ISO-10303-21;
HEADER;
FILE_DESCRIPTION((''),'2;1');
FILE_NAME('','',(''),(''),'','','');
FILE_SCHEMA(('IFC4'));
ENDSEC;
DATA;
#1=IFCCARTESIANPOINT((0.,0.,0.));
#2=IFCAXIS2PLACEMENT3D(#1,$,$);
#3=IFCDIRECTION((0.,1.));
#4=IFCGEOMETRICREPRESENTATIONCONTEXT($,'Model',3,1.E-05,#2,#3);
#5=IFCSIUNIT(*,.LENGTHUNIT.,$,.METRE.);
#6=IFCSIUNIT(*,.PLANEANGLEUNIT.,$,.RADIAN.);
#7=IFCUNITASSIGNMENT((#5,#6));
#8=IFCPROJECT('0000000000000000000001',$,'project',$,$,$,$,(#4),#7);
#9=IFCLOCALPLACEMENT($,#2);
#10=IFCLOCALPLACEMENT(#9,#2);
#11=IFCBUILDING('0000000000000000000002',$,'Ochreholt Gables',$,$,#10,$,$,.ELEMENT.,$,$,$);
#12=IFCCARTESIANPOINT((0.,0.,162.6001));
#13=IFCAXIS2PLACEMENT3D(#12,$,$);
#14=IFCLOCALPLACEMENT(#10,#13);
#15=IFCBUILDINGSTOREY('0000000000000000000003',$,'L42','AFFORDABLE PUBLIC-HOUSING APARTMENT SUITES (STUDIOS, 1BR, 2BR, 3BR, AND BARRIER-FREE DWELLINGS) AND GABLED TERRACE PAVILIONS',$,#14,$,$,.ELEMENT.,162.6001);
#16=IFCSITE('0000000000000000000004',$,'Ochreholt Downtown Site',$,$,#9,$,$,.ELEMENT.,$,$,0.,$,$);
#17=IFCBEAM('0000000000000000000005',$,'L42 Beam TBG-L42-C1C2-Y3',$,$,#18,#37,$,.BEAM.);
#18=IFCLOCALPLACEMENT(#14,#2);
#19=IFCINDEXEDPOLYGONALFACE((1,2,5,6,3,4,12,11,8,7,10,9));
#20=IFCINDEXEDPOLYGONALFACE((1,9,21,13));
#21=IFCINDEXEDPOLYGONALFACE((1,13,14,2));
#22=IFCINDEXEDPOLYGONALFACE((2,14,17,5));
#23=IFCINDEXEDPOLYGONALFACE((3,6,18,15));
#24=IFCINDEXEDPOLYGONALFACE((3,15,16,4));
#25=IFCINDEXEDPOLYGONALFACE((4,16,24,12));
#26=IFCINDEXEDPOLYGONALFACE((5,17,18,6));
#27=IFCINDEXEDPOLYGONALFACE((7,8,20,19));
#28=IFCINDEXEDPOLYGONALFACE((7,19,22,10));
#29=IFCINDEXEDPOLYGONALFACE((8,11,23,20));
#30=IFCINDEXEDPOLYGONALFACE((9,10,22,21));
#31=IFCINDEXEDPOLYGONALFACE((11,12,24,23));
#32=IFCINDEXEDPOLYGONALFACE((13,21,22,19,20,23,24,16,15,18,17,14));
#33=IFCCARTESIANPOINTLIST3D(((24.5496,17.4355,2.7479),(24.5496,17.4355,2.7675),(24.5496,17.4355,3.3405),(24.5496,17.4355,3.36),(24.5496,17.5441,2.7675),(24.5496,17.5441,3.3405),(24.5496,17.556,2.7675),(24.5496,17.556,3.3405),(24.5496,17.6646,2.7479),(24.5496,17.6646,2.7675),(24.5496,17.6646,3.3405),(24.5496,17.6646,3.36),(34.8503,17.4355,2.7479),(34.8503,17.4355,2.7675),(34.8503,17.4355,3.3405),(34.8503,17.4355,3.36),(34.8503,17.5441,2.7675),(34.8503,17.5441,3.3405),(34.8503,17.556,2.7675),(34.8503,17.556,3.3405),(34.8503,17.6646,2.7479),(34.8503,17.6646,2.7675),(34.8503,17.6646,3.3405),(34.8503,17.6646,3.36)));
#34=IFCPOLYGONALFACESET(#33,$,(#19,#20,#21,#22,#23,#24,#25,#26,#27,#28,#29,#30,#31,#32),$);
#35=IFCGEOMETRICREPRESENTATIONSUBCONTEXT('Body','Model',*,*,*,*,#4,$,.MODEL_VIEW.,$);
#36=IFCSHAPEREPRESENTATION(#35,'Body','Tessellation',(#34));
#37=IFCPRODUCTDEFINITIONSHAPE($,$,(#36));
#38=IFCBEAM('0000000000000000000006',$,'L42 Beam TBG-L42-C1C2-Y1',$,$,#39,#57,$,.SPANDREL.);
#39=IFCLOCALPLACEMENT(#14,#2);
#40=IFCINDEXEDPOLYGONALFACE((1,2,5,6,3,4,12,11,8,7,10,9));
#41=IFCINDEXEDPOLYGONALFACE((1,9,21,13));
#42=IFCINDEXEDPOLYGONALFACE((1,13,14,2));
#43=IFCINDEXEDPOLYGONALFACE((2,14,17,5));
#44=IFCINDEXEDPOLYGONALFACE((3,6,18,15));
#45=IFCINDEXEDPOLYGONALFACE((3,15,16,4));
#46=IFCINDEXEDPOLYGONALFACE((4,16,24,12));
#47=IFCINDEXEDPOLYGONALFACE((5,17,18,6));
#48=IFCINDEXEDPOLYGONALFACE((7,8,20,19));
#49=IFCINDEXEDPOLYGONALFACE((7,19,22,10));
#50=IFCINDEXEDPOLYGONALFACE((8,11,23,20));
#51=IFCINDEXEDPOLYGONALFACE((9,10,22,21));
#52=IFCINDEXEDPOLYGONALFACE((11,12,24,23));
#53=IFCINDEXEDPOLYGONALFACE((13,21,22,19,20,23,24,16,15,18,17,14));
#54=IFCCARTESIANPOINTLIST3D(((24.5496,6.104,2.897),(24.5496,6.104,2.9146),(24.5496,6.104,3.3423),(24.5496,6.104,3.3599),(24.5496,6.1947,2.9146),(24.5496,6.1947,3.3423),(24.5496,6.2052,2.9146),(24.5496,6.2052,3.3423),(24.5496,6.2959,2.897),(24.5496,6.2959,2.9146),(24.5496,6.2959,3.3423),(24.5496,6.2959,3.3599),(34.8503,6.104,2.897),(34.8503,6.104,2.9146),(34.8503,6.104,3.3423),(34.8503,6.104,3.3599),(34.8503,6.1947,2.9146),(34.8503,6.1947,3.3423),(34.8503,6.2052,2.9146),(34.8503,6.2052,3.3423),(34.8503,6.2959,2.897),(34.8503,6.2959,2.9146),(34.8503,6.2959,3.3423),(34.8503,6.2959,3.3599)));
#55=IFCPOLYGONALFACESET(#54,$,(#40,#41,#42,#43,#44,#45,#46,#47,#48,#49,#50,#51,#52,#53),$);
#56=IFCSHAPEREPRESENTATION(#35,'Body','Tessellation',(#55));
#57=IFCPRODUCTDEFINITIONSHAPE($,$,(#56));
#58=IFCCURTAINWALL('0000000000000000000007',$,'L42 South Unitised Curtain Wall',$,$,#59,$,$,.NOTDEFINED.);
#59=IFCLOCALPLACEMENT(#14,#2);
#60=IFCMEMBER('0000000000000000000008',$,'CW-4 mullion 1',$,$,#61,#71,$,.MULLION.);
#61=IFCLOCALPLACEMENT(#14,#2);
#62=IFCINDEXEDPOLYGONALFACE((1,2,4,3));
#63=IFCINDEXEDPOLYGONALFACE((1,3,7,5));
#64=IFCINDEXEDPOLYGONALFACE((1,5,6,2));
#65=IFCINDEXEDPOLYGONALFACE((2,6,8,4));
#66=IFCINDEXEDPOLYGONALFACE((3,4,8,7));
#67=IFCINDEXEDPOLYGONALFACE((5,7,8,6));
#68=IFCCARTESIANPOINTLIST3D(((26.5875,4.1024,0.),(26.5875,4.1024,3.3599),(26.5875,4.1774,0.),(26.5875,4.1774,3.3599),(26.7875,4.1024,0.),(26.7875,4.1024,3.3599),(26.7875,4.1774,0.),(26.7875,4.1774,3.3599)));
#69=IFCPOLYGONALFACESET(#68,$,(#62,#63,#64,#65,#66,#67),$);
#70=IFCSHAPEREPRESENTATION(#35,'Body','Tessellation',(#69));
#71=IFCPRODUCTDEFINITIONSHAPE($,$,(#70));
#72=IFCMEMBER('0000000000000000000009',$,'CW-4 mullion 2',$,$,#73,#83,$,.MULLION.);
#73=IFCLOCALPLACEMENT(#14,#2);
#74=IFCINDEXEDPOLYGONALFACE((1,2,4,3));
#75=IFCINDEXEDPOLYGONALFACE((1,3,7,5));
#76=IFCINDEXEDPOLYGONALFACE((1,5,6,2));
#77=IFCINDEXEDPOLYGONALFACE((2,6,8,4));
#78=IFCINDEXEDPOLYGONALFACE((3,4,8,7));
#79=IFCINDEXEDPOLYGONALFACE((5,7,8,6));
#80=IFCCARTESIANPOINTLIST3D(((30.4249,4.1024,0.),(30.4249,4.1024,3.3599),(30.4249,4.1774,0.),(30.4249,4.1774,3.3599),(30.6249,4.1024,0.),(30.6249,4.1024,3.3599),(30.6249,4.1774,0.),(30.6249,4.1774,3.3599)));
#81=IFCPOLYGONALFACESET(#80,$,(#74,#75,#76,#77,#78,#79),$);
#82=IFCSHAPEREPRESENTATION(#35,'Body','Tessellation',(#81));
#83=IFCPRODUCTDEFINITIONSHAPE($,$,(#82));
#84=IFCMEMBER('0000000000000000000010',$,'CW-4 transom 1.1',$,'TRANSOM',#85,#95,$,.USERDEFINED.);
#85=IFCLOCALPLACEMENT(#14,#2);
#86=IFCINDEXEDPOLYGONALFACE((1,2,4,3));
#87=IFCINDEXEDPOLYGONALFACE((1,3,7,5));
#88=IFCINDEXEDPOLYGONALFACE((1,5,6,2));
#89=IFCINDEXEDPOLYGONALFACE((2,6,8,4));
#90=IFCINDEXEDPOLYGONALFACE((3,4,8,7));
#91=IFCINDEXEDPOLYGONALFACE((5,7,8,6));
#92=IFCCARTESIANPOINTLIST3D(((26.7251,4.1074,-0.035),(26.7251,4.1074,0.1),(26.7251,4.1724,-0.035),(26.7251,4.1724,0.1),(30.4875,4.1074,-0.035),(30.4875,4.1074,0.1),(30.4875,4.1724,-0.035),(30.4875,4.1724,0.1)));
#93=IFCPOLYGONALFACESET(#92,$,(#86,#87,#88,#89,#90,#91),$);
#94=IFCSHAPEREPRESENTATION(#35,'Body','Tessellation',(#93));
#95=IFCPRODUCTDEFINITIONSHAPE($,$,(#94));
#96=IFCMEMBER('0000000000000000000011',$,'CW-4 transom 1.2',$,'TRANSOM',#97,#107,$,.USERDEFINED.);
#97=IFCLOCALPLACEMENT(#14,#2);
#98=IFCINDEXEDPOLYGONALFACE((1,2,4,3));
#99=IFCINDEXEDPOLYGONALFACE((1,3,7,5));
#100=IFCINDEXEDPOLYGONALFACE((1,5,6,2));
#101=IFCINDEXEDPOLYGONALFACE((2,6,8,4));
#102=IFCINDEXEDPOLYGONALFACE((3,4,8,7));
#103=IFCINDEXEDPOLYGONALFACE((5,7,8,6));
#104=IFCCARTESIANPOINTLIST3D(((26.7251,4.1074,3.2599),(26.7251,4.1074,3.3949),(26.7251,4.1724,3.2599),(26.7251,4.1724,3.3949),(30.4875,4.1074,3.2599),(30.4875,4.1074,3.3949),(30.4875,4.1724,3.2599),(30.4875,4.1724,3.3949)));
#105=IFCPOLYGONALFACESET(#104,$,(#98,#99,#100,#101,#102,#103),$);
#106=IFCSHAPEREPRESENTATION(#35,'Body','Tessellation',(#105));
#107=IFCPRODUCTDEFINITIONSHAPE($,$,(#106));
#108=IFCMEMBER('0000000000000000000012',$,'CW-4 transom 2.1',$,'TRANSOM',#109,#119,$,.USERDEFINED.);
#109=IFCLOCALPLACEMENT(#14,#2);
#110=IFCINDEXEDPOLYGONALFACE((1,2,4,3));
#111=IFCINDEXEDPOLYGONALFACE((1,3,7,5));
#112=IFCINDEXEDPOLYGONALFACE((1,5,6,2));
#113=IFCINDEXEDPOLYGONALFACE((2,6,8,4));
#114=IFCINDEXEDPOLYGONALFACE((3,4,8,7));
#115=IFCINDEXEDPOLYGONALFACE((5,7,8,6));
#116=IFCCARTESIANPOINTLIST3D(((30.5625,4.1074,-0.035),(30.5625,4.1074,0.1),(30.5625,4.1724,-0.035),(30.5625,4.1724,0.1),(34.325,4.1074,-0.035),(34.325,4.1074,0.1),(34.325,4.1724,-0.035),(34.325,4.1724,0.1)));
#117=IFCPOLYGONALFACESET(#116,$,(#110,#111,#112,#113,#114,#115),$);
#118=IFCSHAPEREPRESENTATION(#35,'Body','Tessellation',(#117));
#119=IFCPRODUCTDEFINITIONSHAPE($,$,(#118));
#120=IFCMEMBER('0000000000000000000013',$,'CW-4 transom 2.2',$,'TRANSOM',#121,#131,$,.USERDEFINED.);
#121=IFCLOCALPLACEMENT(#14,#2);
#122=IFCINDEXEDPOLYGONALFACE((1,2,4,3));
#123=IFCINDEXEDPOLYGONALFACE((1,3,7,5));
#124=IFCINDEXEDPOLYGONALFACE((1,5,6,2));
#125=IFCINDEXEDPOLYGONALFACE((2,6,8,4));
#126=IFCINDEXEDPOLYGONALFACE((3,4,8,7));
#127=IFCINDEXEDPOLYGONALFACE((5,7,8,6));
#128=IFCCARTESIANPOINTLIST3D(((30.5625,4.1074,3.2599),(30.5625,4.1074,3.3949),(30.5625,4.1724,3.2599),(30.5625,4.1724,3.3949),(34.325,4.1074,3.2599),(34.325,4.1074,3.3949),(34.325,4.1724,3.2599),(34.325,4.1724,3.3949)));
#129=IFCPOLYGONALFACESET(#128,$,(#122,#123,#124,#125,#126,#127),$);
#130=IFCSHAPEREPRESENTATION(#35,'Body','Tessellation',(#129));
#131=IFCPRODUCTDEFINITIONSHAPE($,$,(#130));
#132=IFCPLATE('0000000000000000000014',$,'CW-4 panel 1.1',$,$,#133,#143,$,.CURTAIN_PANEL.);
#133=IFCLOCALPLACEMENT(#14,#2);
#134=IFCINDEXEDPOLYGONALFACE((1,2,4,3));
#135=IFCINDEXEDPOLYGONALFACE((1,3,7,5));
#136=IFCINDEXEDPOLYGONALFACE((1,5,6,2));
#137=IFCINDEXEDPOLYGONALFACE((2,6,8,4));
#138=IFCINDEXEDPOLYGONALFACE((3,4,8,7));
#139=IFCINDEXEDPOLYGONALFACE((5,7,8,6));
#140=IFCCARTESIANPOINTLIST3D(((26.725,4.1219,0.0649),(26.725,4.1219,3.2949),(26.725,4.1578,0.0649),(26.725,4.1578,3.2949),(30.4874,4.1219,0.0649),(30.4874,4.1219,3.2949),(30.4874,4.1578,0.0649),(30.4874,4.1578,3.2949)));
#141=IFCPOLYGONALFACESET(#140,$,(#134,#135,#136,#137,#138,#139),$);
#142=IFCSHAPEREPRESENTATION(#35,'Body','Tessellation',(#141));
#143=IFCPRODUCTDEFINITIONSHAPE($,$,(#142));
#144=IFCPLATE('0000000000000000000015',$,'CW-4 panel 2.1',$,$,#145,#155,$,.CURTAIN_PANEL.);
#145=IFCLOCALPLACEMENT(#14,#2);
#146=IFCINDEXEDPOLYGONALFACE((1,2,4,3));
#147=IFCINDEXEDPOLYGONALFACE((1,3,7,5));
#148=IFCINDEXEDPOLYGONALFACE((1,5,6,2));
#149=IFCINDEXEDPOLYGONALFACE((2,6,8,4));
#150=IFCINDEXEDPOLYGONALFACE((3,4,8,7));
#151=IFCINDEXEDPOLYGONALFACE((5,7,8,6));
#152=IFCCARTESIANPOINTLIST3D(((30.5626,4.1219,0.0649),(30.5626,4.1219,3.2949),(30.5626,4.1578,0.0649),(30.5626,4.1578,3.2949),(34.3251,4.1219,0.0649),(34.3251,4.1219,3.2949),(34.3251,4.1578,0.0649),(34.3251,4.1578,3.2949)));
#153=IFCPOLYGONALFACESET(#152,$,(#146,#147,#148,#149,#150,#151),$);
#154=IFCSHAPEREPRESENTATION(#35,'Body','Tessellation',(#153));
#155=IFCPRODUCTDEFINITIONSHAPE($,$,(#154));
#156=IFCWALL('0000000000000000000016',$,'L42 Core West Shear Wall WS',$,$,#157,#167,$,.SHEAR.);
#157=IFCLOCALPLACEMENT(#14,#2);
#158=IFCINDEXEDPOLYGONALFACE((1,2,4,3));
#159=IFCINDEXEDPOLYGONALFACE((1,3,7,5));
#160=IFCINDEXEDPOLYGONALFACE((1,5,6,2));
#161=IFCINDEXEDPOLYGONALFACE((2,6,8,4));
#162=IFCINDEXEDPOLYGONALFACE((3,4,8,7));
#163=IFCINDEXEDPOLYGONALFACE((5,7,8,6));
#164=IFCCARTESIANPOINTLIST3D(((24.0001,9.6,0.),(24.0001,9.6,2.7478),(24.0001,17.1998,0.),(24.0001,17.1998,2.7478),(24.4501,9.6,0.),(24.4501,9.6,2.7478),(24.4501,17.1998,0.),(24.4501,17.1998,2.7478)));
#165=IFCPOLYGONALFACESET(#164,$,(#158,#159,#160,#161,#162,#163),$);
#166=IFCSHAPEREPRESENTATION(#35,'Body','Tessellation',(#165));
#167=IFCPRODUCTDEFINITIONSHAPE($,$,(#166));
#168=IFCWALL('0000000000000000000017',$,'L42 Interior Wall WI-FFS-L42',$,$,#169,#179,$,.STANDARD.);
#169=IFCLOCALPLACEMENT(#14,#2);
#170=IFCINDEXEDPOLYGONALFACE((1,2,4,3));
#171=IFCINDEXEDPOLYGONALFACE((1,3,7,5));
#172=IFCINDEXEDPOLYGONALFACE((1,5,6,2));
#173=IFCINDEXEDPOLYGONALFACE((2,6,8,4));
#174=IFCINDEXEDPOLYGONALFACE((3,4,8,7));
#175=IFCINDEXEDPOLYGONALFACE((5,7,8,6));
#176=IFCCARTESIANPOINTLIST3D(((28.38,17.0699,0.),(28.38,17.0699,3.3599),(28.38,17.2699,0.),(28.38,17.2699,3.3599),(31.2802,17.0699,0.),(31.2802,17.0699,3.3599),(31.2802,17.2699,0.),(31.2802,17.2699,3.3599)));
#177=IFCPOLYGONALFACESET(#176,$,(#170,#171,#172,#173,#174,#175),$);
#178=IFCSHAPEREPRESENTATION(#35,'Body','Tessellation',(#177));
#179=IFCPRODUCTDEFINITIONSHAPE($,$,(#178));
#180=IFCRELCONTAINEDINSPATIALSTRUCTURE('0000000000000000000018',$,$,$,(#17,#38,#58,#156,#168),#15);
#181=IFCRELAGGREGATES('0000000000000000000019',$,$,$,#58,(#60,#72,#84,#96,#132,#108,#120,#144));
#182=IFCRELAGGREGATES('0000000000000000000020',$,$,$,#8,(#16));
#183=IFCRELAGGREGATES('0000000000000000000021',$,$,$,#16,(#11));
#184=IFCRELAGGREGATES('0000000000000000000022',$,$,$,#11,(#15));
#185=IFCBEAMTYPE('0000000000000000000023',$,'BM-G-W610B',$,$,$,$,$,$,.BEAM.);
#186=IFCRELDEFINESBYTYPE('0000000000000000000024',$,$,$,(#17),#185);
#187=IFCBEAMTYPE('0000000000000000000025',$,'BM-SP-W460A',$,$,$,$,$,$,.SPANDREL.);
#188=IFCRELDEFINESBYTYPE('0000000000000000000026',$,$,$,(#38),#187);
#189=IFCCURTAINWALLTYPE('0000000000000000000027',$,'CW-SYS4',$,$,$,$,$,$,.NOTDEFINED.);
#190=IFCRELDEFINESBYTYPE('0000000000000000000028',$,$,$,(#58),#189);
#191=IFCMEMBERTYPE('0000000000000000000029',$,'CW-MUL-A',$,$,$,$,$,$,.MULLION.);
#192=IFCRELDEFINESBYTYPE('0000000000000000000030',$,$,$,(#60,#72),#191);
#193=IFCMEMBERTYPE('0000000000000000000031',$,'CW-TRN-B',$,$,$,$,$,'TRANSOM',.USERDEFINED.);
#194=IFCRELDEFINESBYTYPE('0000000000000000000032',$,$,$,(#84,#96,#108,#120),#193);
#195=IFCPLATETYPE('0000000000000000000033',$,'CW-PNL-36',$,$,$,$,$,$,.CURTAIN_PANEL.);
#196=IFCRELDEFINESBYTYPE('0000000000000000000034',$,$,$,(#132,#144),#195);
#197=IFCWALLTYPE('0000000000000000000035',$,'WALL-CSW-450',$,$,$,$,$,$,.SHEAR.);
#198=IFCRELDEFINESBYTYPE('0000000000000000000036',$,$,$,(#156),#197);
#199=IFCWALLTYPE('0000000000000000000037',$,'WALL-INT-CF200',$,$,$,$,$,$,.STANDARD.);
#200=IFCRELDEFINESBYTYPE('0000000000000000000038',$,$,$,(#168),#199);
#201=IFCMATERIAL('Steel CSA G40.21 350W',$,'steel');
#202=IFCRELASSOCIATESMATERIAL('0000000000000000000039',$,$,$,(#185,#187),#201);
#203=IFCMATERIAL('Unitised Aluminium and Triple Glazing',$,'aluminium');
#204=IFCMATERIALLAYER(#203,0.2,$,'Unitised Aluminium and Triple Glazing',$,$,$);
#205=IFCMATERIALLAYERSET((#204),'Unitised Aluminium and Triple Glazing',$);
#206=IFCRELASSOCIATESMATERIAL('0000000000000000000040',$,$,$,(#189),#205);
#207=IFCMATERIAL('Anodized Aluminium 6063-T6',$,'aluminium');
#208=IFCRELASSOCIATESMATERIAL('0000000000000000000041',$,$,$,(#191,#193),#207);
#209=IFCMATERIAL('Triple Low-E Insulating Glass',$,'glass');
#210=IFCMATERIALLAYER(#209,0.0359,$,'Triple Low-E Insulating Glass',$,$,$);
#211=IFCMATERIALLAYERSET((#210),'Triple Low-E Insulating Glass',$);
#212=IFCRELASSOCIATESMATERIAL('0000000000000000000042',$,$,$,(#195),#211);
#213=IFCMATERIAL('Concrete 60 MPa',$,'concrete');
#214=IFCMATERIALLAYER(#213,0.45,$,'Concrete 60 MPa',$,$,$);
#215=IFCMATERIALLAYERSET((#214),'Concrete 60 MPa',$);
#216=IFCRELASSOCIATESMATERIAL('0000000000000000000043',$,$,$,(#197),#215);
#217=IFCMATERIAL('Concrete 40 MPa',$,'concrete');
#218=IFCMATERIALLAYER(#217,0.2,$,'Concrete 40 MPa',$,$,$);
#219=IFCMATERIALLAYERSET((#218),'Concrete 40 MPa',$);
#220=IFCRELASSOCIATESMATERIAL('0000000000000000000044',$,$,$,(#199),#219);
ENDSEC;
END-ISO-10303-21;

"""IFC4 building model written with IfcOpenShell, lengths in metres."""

from ifc_helpers import new_model, si_unit, direction, frame, frame_2d, origin, origin_2d, place, context, subcontext, project, spatial, rectangle, i_section, extrude, material, layer, layer_set, material_profile, profile_set, type_object, element, aggregate, save


model = new_model("IFC4")

# Units and contexts
model_context = context("Model", 3, precision=1e-05, world=origin(), true_north=direction((0.0, 1.0)))
body_context = subcontext(model_context, "Body", "Model", "MODEL_VIEW")
ifc_project = project(units=[si_unit("LENGTHUNIT", "METRE"), si_unit("PLANEANGLEUNIT", "RADIAN")], contexts=[model_context])

# Site, building, storey
site_placement = place(None, origin())
site = spatial("IfcSite", under=ifc_project, at=site_placement, Name="Ochreholt Downtown Site", CompositionType="ELEMENT", RefElevation=0.0)
building_placement = place(site_placement, origin())
building = spatial("IfcBuilding", under=site, at=building_placement, Name="Ochreholt Gables", CompositionType="ELEMENT")
storey_placement = place(building_placement, frame((0.0, 0.0, 162.6001)))
storey = spatial("IfcBuildingStorey", under=building, at=storey_placement, Name="L42", Description="AFFORDABLE PUBLIC-HOUSING APARTMENT SUITES (STUDIOS, 1BR, 2BR, 3BR, AND BARRIER-FREE DWELLINGS) AND GABLED TERRACE PAVILIONS", CompositionType="ELEMENT", Elevation=162.6001)

# Beams
ifc_material_1 = material(Name="Steel CSA G40.21 350W", Category="steel")
ifc_material_profile_1 = material_profile(ifc_material_1, i_section(OverallWidth=0.229, OverallDepth=0.6121, WebThickness=0.012, FlangeThickness=0.0195, at=origin_2d()), Name="W610X125")
ifc_profile_set_1 = profile_set([ifc_material_profile_1], Name="Steel CSA G40.21 350W")
beam_type_1 = type_object("IfcBeamType", Name="BM-G-W610B", PredefinedType="BEAM", material=ifc_profile_set_1)
beam_1_placement = place(storey_placement, frame((24.5496, 17.55, 3.054), z_axis=(1.0, 0.0, 0.0), x_axis=(0.0, 1.0, 0.0)))
element("IfcBeam", 1, at=beam_1_placement, inside=storey, type_object=beam_type_1, Name="L42 Beam TBG-L42-C1C2-Y3", PredefinedType="BEAM", context=body_context, shape_type="SweptSolid", body=[
    extrude(i_section(OverallWidth=0.229, OverallDepth=0.6121, WebThickness=0.012, FlangeThickness=0.0195, at=origin_2d()), origin(), (0.0, 0.0, 1.0), 10.3008),
])
ifc_material_profile_2 = material_profile(ifc_material_1, i_section(OverallWidth=0.1919, OverallDepth=0.4629, WebThickness=0.0105, FlangeThickness=0.0176, at=origin_2d()), Name="W460X89")
ifc_profile_set_2 = profile_set([ifc_material_profile_2], Name="Steel CSA G40.21 350W")
beam_type_2 = type_object("IfcBeamType", Name="BM-SP-W460A", PredefinedType="SPANDREL", material=ifc_profile_set_2)
beam_2_placement = place(storey_placement, frame((24.5496, 6.2, 3.1284), z_axis=(1.0, 0.0, 0.0), x_axis=(0.0, 1.0, 0.0)))
element("IfcBeam", 2, at=beam_2_placement, inside=storey, type_object=beam_type_2, Name="L42 Beam TBG-L42-C1C2-Y1", PredefinedType="SPANDREL", context=body_context, shape_type="SweptSolid", body=[
    extrude(i_section(OverallWidth=0.1919, OverallDepth=0.4629, WebThickness=0.0105, FlangeThickness=0.0176, at=origin_2d()), origin(), (0.0, 0.0, 1.0), 10.3008),
])

# Curtain wall, members, plates
ifc_material_2 = material(Name="Unitised Aluminium and Triple Glazing", Category="aluminium")
ifc_layer_1 = layer(ifc_material_2, 0.2, Name="Unitised Aluminium and Triple Glazing")
ifc_layer_set_1 = layer_set([ifc_layer_1], Name="Unitised Aluminium and Triple Glazing")
curtain_wall_type = type_object("IfcCurtainWallType", Name="CW-SYS4", PredefinedType="NOTDEFINED", material=ifc_layer_set_1)
curtain_wall_placement = place(storey_placement, origin())
curtain_wall = element("IfcCurtainWall", 3, at=curtain_wall_placement, inside=storey, type_object=curtain_wall_type, Name="L42 South Unitised Curtain Wall", PredefinedType="NOTDEFINED")
ifc_material_3 = material(Name="Anodized Aluminium 6063-T6", Category="aluminium")
ifc_material_profile_3 = material_profile(ifc_material_3, rectangle(XDim=0.075, YDim=0.2, at=origin_2d()), Name="CWM75X200")
ifc_profile_set_3 = profile_set([ifc_material_profile_3], Name="Anodized Aluminium 6063-T6")
member_type_1 = type_object("IfcMemberType", Name="CW-MUL-A", PredefinedType="MULLION", material=ifc_profile_set_3)
member_1_placement = place(storey_placement, frame((26.6875, 4.1399, 0.0), z_axis=(0.0, 0.0, 1.0), x_axis=(0.0, 1.0, 0.0)))
member_1 = element("IfcMember", 4, at=member_1_placement, type_object=member_type_1, Name="CW-4 mullion 1", PredefinedType="MULLION", context=body_context, shape_type="SweptSolid", body=[
    extrude(rectangle(XDim=0.075, YDim=0.2, at=origin_2d()), origin(), (0.0, 0.0, 1.0), 3.3599),
])
member_2_placement = place(storey_placement, frame((30.5249, 4.1399, 0.0), z_axis=(0.0, 0.0, 1.0), x_axis=(0.0, 1.0, 0.0)))
member_2 = element("IfcMember", 5, at=member_2_placement, type_object=member_type_1, Name="CW-4 mullion 2", PredefinedType="MULLION", context=body_context, shape_type="SweptSolid", body=[
    extrude(rectangle(XDim=0.075, YDim=0.2, at=origin_2d()), origin(), (0.0, 0.0, 1.0), 3.3599),
])
ifc_material_profile_4 = material_profile(ifc_material_3, rectangle(XDim=0.0649, YDim=0.135, at=origin_2d()), Name="CWT65X135")
ifc_profile_set_4 = profile_set([ifc_material_profile_4], Name="Anodized Aluminium 6063-T6")
member_type_2 = type_object("IfcMemberType", Name="CW-TRN-B", ElementType="TRANSOM", PredefinedType="USERDEFINED", material=ifc_profile_set_4)
member_3_placement = place(storey_placement, frame((26.7251, 4.1399, 0.0325), z_axis=(1.0, 0.0, 0.0), x_axis=(0.0, 1.0, 0.0)))
member_3 = element("IfcMember", 6, at=member_3_placement, type_object=member_type_2, Name="CW-4 transom 1.1", ObjectType="TRANSOM", PredefinedType="USERDEFINED", context=body_context, shape_type="SweptSolid", body=[
    extrude(rectangle(XDim=0.0649, YDim=0.135, at=origin_2d()), origin(), (0.0, 0.0, 1.0), 3.7625),
])
member_4_placement = place(storey_placement, frame((26.7251, 4.1399, 3.3274), z_axis=(1.0, 0.0, 0.0), x_axis=(0.0, 1.0, 0.0)))
member_4 = element("IfcMember", 7, at=member_4_placement, type_object=member_type_2, Name="CW-4 transom 1.2", ObjectType="TRANSOM", PredefinedType="USERDEFINED", context=body_context, shape_type="SweptSolid", body=[
    extrude(rectangle(XDim=0.0649, YDim=0.135, at=origin_2d()), origin(), (0.0, 0.0, 1.0), 3.7625),
])
member_5_placement = place(storey_placement, frame((30.5625, 4.1399, 0.0325), z_axis=(1.0, 0.0, 0.0), x_axis=(0.0, 1.0, 0.0)))
member_5 = element("IfcMember", 8, at=member_5_placement, type_object=member_type_2, Name="CW-4 transom 2.1", ObjectType="TRANSOM", PredefinedType="USERDEFINED", context=body_context, shape_type="SweptSolid", body=[
    extrude(rectangle(XDim=0.0649, YDim=0.135, at=origin_2d()), origin(), (0.0, 0.0, 1.0), 3.7625),
])
member_6_placement = place(storey_placement, frame((30.5625, 4.1399, 3.3274), z_axis=(1.0, 0.0, 0.0), x_axis=(0.0, 1.0, 0.0)))
member_6 = element("IfcMember", 9, at=member_6_placement, type_object=member_type_2, Name="CW-4 transom 2.2", ObjectType="TRANSOM", PredefinedType="USERDEFINED", context=body_context, shape_type="SweptSolid", body=[
    extrude(rectangle(XDim=0.0649, YDim=0.135, at=origin_2d()), origin(), (0.0, 0.0, 1.0), 3.7625),
])
ifc_material_4 = material(Name="Triple Low-E Insulating Glass", Category="glass")
ifc_layer_2 = layer(ifc_material_4, 0.0359, Name="Triple Low-E Insulating Glass")
ifc_layer_set_2 = layer_set([ifc_layer_2], Name="Triple Low-E Insulating Glass")
plate_type = type_object("IfcPlateType", Name="CW-PNL-36", PredefinedType="CURTAIN_PANEL", material=ifc_layer_set_2)
plate_1_placement = place(storey_placement, frame((28.6062, 4.1399, 0.0649), z_axis=(0.0, 0.0, 1.0), x_axis=(1.0, 0.0, 0.0)))
plate_1 = element("IfcPlate", 10, at=plate_1_placement, type_object=plate_type, Name="CW-4 panel 1.1", PredefinedType="CURTAIN_PANEL", context=body_context, shape_type="SweptSolid", body=[
    extrude(rectangle(XDim=3.7625, YDim=0.0359, at=origin_2d()), origin(), (0.0, 0.0, 1.0), 3.23),
])
plate_2_placement = place(storey_placement, frame((32.4438, 4.1399, 0.0649), z_axis=(0.0, 0.0, 1.0), x_axis=(1.0, 0.0, 0.0)))
plate_2 = element("IfcPlate", 11, at=plate_2_placement, type_object=plate_type, Name="CW-4 panel 2.1", PredefinedType="CURTAIN_PANEL", context=body_context, shape_type="SweptSolid", body=[
    extrude(rectangle(XDim=3.7625, YDim=0.0359, at=origin_2d()), origin(), (0.0, 0.0, 1.0), 3.23),
])
aggregate(curtain_wall, [member_1, member_2, member_3, member_4, plate_1, member_5, member_6, plate_2])

# Walls
ifc_material_5 = material(Name="Concrete 60 MPa", Category="concrete")
ifc_layer_3 = layer(ifc_material_5, 0.45, Name="Concrete 60 MPa")
ifc_layer_set_3 = layer_set([ifc_layer_3], Name="Concrete 60 MPa")
wall_type_1 = type_object("IfcWallType", Name="WALL-CSW-450", PredefinedType="SHEAR", material=ifc_layer_set_3)
wall_1_placement = place(storey_placement, frame((24.2251, 9.6001, 0.0), z_axis=(0.0, 0.0, 1.0), x_axis=(0.0, 1.0, 0.0)))
element("IfcWall", 12, at=wall_1_placement, inside=storey, type_object=wall_type_1, Name="L42 Core West Shear Wall WS", PredefinedType="SHEAR", context=body_context, shape_type="SweptSolid", body=[
    extrude(rectangle(XDim=7.5999, YDim=0.45, at=frame_2d((3.7998, 0.0))), origin(), (0.0, 0.0, 1.0), 2.7478),
])
ifc_material_6 = material(Name="Concrete 40 MPa", Category="concrete")
ifc_layer_4 = layer(ifc_material_6, 0.2, Name="Concrete 40 MPa")
ifc_layer_set_4 = layer_set([ifc_layer_4], Name="Concrete 40 MPa")
wall_type_2 = type_object("IfcWallType", Name="WALL-INT-CF200", PredefinedType="STANDARD", material=ifc_layer_set_4)
wall_2_placement = place(storey_placement, frame((28.3799, 17.1699, 0.0), z_axis=(0.0, 0.0, 1.0), x_axis=(1.0, 0.0, 0.0)))
element("IfcWall", 13, at=wall_2_placement, inside=storey, type_object=wall_type_2, Name="L42 Interior Wall WI-FFS-L42", PredefinedType="STANDARD", context=body_context, shape_type="SweptSolid", body=[
    extrude(rectangle(XDim=2.9001, YDim=0.2, at=frame_2d((1.4502, 0.0))), origin(), (0.0, 0.0, 1.0), 3.3599),
])

save(model, "model.ifc")
